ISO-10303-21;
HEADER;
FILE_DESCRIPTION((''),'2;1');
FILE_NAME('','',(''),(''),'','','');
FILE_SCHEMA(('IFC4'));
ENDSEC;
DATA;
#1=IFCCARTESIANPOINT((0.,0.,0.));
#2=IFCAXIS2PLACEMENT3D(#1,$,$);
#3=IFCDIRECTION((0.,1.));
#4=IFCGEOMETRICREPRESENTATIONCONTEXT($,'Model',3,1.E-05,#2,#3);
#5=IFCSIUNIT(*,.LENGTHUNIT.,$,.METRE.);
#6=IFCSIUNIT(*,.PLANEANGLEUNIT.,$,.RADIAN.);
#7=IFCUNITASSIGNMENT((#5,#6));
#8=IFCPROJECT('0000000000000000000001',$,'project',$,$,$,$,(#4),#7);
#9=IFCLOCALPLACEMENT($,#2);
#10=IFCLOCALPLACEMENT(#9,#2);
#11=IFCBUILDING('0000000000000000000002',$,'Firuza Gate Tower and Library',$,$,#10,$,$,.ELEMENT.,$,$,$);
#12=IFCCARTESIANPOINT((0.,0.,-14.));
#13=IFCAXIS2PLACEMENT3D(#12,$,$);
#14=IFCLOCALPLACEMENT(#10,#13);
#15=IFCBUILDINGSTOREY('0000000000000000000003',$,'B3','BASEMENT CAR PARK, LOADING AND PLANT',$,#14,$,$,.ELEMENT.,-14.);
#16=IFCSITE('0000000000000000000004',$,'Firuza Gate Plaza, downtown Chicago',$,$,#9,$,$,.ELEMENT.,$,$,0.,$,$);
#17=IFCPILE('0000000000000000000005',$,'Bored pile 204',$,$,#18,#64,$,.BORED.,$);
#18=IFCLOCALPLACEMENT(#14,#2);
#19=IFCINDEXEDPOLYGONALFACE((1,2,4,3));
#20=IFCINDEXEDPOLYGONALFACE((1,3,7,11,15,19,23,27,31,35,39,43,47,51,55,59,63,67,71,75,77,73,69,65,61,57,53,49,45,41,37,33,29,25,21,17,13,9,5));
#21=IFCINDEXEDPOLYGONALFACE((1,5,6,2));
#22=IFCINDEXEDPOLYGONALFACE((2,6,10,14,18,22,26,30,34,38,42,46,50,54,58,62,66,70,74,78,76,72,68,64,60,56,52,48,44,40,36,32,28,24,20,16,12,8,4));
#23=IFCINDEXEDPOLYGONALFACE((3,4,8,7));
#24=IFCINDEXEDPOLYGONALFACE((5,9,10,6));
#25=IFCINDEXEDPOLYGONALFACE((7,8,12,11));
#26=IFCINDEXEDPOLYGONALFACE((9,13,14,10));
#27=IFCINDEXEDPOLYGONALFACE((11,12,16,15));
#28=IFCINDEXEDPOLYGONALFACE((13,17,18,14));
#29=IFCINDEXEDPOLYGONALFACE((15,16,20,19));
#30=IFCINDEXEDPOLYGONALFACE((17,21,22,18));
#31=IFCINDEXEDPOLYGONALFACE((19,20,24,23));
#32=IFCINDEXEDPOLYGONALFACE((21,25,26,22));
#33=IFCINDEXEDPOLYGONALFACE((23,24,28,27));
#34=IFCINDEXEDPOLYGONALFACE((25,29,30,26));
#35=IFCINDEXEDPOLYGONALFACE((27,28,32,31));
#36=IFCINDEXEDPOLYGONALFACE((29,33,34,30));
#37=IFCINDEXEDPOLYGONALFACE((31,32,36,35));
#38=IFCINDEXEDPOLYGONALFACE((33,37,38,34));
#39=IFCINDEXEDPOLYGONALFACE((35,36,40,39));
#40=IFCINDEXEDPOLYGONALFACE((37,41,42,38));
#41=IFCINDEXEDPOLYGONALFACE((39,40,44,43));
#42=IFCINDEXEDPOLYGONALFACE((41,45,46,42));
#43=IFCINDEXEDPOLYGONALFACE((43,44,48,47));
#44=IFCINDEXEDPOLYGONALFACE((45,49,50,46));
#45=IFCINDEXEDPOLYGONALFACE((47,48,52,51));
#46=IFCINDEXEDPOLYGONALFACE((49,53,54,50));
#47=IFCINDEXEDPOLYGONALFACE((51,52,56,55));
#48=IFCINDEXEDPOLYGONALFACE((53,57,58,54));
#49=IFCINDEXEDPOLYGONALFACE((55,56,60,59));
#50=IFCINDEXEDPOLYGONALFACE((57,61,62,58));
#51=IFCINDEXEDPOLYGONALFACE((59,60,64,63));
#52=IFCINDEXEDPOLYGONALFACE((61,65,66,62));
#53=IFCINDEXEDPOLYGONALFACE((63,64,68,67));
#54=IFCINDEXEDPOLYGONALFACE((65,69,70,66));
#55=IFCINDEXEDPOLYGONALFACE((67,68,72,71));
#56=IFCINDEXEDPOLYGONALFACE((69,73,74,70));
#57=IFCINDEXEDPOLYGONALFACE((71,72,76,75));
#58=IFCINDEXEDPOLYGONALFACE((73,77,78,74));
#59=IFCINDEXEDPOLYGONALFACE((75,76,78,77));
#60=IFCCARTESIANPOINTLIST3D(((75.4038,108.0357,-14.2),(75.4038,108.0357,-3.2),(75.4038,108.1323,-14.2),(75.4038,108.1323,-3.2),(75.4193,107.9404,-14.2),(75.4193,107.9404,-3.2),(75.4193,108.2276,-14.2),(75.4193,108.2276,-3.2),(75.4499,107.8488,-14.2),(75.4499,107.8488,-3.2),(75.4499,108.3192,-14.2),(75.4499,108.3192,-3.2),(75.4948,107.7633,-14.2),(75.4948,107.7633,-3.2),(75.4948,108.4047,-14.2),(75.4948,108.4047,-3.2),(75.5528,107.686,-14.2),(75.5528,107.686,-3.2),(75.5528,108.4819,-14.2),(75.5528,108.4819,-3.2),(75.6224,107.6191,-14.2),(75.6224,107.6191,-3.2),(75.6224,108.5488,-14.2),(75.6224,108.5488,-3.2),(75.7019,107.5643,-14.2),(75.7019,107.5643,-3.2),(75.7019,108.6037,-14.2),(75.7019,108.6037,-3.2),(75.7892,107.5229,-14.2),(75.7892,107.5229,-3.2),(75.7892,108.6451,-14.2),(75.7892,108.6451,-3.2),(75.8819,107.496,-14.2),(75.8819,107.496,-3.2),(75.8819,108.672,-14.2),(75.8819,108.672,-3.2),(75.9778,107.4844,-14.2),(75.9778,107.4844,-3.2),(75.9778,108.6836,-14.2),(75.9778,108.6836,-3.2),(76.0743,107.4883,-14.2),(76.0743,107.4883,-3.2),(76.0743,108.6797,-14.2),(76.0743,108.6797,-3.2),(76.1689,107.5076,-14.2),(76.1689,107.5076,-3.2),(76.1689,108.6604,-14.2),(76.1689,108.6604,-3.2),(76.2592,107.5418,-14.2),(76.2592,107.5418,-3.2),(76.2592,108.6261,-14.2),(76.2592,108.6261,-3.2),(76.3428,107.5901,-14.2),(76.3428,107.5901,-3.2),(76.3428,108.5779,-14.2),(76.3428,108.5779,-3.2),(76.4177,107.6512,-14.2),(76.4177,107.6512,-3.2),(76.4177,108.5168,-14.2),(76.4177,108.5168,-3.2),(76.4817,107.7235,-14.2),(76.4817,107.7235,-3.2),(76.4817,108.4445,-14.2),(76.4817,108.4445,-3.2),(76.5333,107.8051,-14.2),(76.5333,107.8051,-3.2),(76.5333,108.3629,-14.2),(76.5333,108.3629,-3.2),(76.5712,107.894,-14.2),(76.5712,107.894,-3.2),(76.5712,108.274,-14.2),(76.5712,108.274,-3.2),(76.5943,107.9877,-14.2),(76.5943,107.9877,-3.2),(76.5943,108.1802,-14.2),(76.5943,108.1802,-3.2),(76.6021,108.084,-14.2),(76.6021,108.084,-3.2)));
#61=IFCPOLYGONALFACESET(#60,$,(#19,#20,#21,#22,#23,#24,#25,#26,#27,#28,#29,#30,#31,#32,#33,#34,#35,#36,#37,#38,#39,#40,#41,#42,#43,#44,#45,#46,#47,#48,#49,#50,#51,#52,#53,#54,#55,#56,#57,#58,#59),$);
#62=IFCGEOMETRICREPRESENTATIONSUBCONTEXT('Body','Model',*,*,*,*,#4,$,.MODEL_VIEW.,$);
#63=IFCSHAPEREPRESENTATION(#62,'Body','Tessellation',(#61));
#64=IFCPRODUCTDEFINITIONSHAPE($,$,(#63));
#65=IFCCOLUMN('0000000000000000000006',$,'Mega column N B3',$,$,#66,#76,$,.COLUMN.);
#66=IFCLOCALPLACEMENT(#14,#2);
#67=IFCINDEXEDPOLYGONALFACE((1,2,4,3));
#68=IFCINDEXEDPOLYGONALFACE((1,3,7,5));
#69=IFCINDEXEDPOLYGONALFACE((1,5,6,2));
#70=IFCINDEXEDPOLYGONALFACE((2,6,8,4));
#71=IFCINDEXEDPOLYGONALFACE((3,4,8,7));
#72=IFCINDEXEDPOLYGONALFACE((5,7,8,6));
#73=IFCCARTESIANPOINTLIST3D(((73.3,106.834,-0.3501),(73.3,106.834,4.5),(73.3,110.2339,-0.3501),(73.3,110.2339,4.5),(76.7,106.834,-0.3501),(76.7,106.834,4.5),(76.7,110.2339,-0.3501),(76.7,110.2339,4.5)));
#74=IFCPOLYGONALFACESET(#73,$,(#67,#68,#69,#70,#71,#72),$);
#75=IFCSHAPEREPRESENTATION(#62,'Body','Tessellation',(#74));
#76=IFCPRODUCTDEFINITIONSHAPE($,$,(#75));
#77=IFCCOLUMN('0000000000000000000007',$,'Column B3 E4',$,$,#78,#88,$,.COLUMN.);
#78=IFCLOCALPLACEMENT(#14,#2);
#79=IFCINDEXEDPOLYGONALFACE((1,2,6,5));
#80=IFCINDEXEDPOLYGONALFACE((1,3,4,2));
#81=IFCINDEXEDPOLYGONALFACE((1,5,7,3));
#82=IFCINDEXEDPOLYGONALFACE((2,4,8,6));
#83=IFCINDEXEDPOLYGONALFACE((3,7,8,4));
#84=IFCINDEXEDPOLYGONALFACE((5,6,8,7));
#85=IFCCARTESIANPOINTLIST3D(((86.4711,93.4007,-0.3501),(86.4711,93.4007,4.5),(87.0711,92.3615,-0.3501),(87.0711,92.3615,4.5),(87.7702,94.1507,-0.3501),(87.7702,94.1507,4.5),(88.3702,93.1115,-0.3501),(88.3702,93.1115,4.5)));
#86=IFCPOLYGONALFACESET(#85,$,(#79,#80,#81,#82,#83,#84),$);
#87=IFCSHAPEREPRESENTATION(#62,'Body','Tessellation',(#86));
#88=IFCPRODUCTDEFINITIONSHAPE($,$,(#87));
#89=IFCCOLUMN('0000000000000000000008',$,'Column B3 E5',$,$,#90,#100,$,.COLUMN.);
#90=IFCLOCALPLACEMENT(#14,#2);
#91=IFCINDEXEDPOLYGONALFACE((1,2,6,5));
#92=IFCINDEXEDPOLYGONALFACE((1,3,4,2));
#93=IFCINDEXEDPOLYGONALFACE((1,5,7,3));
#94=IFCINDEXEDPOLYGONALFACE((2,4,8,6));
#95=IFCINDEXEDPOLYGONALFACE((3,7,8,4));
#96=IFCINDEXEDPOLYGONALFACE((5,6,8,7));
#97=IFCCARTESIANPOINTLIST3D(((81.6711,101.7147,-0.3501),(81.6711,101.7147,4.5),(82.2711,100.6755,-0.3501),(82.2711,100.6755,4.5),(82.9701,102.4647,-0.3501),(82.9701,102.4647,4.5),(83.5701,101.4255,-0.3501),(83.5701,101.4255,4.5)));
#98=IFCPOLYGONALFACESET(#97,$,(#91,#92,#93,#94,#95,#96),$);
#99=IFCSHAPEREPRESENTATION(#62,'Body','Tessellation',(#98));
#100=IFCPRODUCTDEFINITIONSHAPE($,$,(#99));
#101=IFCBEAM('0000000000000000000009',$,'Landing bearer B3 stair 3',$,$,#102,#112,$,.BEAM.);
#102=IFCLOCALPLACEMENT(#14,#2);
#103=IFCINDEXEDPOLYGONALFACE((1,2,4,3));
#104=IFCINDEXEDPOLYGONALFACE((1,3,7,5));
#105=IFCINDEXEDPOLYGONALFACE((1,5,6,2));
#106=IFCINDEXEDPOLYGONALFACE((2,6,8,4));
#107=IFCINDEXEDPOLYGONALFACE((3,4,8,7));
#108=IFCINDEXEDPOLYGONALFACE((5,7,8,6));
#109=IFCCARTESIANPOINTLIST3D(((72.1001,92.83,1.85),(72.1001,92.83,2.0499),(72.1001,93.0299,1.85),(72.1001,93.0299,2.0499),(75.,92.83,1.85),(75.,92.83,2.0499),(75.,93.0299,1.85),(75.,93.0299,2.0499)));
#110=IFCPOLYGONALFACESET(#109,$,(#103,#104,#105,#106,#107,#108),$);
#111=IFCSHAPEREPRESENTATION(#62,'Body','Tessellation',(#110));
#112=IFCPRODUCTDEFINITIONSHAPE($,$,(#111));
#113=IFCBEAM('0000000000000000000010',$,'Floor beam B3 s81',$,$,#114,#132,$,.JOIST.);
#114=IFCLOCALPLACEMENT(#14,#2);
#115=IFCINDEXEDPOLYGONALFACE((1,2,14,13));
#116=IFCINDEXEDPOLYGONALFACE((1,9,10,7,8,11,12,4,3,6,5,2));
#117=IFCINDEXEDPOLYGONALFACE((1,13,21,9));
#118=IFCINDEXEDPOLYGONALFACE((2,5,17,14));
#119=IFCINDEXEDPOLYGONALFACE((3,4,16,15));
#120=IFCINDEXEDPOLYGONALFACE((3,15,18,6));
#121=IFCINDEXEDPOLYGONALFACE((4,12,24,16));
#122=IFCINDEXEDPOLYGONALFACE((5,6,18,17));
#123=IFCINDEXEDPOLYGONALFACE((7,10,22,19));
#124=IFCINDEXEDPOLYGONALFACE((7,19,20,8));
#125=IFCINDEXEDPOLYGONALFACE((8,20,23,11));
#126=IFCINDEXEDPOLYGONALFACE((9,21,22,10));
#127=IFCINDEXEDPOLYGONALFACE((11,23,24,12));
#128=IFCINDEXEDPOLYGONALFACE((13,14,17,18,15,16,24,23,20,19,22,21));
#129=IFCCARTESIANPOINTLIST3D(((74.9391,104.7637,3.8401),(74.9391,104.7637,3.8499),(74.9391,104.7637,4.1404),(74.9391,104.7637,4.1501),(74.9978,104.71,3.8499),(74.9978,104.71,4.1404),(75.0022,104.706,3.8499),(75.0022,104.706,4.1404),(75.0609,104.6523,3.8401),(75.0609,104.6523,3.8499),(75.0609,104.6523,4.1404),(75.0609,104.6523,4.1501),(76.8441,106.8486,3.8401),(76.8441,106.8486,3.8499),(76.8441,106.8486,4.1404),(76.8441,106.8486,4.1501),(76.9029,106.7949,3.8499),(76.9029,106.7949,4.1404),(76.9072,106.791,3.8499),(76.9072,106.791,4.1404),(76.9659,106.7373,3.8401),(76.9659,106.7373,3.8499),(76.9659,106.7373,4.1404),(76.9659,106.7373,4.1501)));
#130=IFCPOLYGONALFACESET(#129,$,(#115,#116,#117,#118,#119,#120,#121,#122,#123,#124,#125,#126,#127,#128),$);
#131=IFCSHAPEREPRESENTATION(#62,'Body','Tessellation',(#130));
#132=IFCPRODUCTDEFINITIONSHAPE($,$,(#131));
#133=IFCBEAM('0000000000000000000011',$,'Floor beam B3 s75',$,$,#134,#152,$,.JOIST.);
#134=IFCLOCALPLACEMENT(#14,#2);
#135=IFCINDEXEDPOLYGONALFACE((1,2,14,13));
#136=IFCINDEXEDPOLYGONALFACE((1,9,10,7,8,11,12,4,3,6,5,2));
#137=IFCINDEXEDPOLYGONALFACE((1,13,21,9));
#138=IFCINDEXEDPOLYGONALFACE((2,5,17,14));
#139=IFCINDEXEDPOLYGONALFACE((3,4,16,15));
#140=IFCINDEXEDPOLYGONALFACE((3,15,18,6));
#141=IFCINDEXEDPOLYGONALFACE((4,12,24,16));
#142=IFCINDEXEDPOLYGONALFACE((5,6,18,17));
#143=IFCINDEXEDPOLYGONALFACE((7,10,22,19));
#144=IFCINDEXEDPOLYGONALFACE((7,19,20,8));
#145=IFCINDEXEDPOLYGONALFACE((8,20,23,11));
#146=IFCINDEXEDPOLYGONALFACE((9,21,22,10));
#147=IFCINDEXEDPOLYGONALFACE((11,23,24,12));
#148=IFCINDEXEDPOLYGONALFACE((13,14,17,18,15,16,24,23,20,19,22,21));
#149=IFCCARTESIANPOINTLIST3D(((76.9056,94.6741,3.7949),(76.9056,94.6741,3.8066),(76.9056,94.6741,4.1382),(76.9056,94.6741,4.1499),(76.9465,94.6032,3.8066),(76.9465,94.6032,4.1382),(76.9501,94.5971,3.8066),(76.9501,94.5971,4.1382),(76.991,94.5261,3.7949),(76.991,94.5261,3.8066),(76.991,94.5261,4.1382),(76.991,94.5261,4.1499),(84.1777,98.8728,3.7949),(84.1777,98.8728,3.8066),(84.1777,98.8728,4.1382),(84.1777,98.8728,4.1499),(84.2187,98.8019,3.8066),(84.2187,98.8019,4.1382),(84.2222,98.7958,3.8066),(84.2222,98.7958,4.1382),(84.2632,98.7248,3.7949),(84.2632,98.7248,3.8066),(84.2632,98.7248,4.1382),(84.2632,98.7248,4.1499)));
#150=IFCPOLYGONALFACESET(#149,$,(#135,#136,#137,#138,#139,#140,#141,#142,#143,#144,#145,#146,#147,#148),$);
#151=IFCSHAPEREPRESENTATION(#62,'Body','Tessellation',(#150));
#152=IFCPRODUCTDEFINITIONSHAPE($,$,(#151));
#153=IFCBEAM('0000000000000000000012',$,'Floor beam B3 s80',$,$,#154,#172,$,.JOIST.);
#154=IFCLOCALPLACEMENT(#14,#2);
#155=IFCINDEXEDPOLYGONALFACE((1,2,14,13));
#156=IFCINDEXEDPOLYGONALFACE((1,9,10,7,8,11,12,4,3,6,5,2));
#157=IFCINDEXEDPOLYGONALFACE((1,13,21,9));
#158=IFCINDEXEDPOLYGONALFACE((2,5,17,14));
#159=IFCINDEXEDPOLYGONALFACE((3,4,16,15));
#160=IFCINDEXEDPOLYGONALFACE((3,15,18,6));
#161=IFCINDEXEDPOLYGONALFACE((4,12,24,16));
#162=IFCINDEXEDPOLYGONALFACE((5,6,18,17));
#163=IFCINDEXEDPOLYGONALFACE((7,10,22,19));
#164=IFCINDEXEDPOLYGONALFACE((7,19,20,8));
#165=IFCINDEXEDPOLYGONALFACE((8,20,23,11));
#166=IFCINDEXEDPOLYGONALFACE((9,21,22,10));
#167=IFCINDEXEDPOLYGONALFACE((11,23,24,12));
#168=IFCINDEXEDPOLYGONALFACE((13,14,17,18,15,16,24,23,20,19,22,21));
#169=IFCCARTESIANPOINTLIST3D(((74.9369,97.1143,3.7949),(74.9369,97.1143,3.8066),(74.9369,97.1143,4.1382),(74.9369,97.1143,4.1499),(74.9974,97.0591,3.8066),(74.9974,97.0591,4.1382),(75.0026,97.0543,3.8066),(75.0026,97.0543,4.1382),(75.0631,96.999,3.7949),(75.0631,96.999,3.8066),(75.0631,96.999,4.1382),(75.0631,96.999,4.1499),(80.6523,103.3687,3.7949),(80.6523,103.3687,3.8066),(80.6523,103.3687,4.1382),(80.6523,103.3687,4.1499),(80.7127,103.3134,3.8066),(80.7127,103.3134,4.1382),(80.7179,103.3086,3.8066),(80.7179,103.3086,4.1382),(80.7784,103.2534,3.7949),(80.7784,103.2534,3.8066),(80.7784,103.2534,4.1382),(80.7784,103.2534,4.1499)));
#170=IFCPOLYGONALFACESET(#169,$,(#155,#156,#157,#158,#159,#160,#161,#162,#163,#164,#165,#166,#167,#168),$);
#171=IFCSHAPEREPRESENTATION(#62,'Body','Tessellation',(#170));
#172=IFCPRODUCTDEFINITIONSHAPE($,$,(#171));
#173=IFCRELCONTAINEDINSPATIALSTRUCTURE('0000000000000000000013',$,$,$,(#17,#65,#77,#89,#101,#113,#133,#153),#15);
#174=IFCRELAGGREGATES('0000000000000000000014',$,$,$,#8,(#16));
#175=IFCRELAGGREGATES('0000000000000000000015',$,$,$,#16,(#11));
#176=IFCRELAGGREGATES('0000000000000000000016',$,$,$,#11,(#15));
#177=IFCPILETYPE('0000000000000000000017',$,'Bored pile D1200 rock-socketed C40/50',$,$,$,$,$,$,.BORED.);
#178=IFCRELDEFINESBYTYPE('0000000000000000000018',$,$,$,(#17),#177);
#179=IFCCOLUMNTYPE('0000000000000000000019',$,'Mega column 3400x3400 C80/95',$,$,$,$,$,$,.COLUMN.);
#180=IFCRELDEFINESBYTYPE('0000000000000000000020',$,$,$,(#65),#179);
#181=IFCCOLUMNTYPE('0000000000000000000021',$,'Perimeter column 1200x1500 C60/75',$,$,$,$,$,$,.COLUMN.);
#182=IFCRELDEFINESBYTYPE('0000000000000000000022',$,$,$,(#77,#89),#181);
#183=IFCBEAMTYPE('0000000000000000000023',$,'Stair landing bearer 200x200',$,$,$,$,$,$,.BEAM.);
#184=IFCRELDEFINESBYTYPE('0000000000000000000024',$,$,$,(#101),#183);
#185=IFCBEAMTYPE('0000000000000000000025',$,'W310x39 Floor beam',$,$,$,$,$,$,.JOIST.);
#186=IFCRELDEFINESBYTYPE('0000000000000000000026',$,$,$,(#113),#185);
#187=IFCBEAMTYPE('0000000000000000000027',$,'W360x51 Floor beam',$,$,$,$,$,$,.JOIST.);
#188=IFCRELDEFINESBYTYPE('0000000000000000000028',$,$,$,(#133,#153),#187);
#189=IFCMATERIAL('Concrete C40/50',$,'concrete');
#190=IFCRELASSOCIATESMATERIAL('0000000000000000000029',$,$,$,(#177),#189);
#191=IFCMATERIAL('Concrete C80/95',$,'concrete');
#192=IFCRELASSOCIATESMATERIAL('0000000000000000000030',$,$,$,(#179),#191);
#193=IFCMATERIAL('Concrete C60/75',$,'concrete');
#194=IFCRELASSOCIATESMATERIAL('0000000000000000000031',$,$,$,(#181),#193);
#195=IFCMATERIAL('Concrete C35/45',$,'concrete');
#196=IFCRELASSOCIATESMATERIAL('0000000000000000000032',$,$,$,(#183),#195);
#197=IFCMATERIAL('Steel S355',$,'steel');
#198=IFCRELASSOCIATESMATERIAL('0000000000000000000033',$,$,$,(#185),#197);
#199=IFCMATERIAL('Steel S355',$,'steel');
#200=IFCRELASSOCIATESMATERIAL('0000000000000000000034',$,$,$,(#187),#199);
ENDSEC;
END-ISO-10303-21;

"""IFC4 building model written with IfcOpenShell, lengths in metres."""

from ifc_helpers import new_model, si_unit, direction, frame, origin, origin_2d, place, context, subcontext, project, spatial, rectangle, circle, i_section, extrude, material, material_profile, profile_set, type_object, element, save


model = new_model("IFC4")

# Units and contexts
model_context = context("Model", 3, precision=1e-05, world=origin(), true_north=direction((0.0, 1.0)))
body_context = subcontext(model_context, "Body", "Model", "MODEL_VIEW")
ifc_project = project(units=[si_unit("LENGTHUNIT", "METRE"), si_unit("PLANEANGLEUNIT", "RADIAN")], contexts=[model_context])

# Site, building, storey
site_placement = place(None, origin())
site = spatial("IfcSite", under=ifc_project, at=site_placement, Name="Firuza Gate Plaza, downtown Chicago", CompositionType="ELEMENT", RefElevation=0.0)
building_placement = place(site_placement, origin())
building = spatial("IfcBuilding", under=site, at=building_placement, Name="Firuza Gate Tower and Library", CompositionType="ELEMENT")
storey_placement = place(building_placement, frame((0.0, 0.0, -14.0)))
storey = spatial("IfcBuildingStorey", under=building, at=storey_placement, Name="B3", Description="BASEMENT CAR PARK, LOADING AND PLANT", CompositionType="ELEMENT", Elevation=-14.0)

# Pile
ifc_material_1 = material(Name="Concrete C40/50", Category="concrete")
ifc_material_profile_1 = material_profile(ifc_material_1, circle(Radius=0.6001, at=origin_2d()))
ifc_profile_set_1 = profile_set([ifc_material_profile_1], Name="Concrete C40/50")
pile_type = type_object("IfcPileType", Name="Bored pile D1200 rock-socketed C40/50", PredefinedType="BORED", material=ifc_profile_set_1)
for number, where, z_axis, x_axis, name in (
    (1, (76.002, 108.084, -3.2), (0.0, 0.0, -1.0), (1.0, 0.0, 0.0), "Bored pile 204"),
):
    element("IfcPile", number, at=place(storey_placement, frame(where, z_axis=z_axis, x_axis=x_axis)), inside=storey, type_object=pile_type, Name=name, PredefinedType="BORED", context=body_context, shape_type="SweptSolid", body=[
        extrude(circle(Radius=0.6001, at=origin_2d()), origin(), (0.0, 0.0, 1.0), 11.0),
    ])

# Columns
ifc_material_2 = material(Name="Concrete C80/95", Category="concrete")
ifc_material_profile_2 = material_profile(ifc_material_2, rectangle(XDim=3.3999, YDim=3.3999, at=origin_2d()))
ifc_profile_set_2 = profile_set([ifc_material_profile_2], Name="Concrete C80/95")
column_type_1 = type_object("IfcColumnType", Name="Mega column 3400x3400 C80/95", PredefinedType="COLUMN", material=ifc_profile_set_2)
column_placement = place(storey_placement, frame((75.0, 108.5339, -0.3501), z_axis=(0.0, 0.0, 1.0), x_axis=(-1.0, 0.0, 0.0)))
element("IfcColumn", 2, at=column_placement, inside=storey, type_object=column_type_1, Name="Mega column N B3", PredefinedType="COLUMN", context=body_context, shape_type="SweptSolid", body=[
    extrude(rectangle(XDim=3.3999, YDim=3.3999, at=origin_2d()), origin(), (0.0, 0.0, 1.0), 4.8501),
])
ifc_material_3 = material(Name="Concrete C60/75", Category="concrete")
ifc_material_profile_3 = material_profile(ifc_material_3, rectangle(XDim=1.2, YDim=1.5, at=origin_2d()))
ifc_profile_set_3 = profile_set([ifc_material_profile_3], Name="Concrete C60/75")
column_type_2 = type_object("IfcColumnType", Name="Perimeter column 1200x1500 C60/75", PredefinedType="COLUMN", material=ifc_profile_set_3)
for number, where, z_axis, x_axis, name in (
    (3, (87.4207, 93.2561, -0.3501), (0.0, 0.0, 1.0), (-0.5, 0.866025, 0.0), "Column B3 E4"),
    (4, (82.6206, 101.5701, -0.3501), (0.0, 0.0, 1.0), (-0.5, 0.866025, 0.0), "Column B3 E5"),
):
    element("IfcColumn", number, at=place(storey_placement, frame(where, z_axis=z_axis, x_axis=x_axis)), inside=storey, type_object=column_type_2, Name=name, PredefinedType="COLUMN", context=body_context, shape_type="SweptSolid", body=[
        extrude(rectangle(XDim=1.2, YDim=1.5, at=origin_2d()), origin(), (0.0, 0.0, 1.0), 4.8501),
    ])

# Beams
ifc_material_4 = material(Name="Concrete C35/45", Category="concrete")
ifc_material_profile_4 = material_profile(ifc_material_4, rectangle(XDim=0.2, YDim=0.2, at=origin_2d()))
ifc_profile_set_4 = profile_set([ifc_material_profile_4], Name="Concrete C35/45")
beam_type_1 = type_object("IfcBeamType", Name="Stair landing bearer 200x200", PredefinedType="BEAM", material=ifc_profile_set_4)
beam_1_placement = place(storey_placement, frame((75.0, 92.9299, 1.95), z_axis=(-1.0, 0.0, 0.0), x_axis=(0.0, -1.0, 0.0)))
element("IfcBeam", 5, at=beam_1_placement, inside=storey, type_object=beam_type_1, Name="Landing bearer B3 stair 3", PredefinedType="BEAM", context=body_context, shape_type="SweptSolid", body=[
    extrude(rectangle(XDim=0.2, YDim=0.2, at=origin_2d()), origin(), (0.0, 0.0, 1.0), 2.8999),
])
ifc_material_5 = material(Name="Steel S355", Category="steel")
ifc_material_profile_5 = material_profile(ifc_material_5, i_section(OverallWidth=0.165, OverallDepth=0.3101, WebThickness=0.0059, FlangeThickness=0.0098, at=origin_2d()))
ifc_profile_set_5 = profile_set([ifc_material_profile_5], Name="Steel S355")
beam_type_2 = type_object("IfcBeamType", Name="W310x39 Floor beam", PredefinedType="JOIST", material=ifc_profile_set_5)
beam_2_placement = place(storey_placement, frame((76.905, 106.793, 3.9951), z_axis=(-0.674534, -0.738244, 0.0), x_axis=(0.738244, -0.674534, 0.0)))
element("IfcBeam", 6, at=beam_2_placement, inside=storey, type_object=beam_type_2, Name="Floor beam B3 s81", PredefinedType="JOIST", context=body_context, shape_type="SweptSolid", body=[
    extrude(i_section(OverallWidth=0.165, OverallDepth=0.3101, WebThickness=0.0059, FlangeThickness=0.0098, at=origin_2d()), origin(), (0.0, 0.0, 1.0), 2.8242),
])
ifc_material_6 = material(Name="Steel S355", Category="steel")
ifc_material_profile_6 = material_profile(ifc_material_6, i_section(OverallWidth=0.1709, OverallDepth=0.355, WebThickness=0.0071, FlangeThickness=0.0117, at=origin_2d()))
ifc_profile_set_6 = profile_set([ifc_material_profile_6], Name="Steel S355")
beam_type_3 = type_object("IfcBeamType", Name="W360x51 Floor beam", PredefinedType="JOIST", material=ifc_profile_set_6)
beam_3_placement = place(storey_placement, frame((84.2205, 98.7988, 3.9724), z_axis=(-0.86602, -0.50001, 0.0), x_axis=(0.50001, -0.86602, 0.0)))
element("IfcBeam", 7, at=beam_3_placement, inside=storey, type_object=beam_type_3, Name="Floor beam B3 s75", PredefinedType="JOIST", context=body_context, shape_type="SweptSolid", body=[
    extrude(i_section(OverallWidth=0.1709, OverallDepth=0.355, WebThickness=0.0071, FlangeThickness=0.0117, at=origin_2d()), origin(), (0.0, 0.0, 1.0), 8.3972),
])
beam_4_placement = place(storey_placement, frame((80.7153, 103.311, 3.9724), z_axis=(-0.674578, -0.738203, 0.0), x_axis=(0.738203, -0.674578, 0.0)))
element("IfcBeam", 8, at=beam_4_placement, inside=storey, type_object=beam_type_3, Name="Floor beam B3 s80", PredefinedType="JOIST", context=body_context, shape_type="SweptSolid", body=[
    extrude(i_section(OverallWidth=0.1709, OverallDepth=0.355, WebThickness=0.0071, FlangeThickness=0.0117, at=origin_2d()), origin(), (0.0, 0.0, 1.0), 8.4724),
])

save(model, "model.ifc")
